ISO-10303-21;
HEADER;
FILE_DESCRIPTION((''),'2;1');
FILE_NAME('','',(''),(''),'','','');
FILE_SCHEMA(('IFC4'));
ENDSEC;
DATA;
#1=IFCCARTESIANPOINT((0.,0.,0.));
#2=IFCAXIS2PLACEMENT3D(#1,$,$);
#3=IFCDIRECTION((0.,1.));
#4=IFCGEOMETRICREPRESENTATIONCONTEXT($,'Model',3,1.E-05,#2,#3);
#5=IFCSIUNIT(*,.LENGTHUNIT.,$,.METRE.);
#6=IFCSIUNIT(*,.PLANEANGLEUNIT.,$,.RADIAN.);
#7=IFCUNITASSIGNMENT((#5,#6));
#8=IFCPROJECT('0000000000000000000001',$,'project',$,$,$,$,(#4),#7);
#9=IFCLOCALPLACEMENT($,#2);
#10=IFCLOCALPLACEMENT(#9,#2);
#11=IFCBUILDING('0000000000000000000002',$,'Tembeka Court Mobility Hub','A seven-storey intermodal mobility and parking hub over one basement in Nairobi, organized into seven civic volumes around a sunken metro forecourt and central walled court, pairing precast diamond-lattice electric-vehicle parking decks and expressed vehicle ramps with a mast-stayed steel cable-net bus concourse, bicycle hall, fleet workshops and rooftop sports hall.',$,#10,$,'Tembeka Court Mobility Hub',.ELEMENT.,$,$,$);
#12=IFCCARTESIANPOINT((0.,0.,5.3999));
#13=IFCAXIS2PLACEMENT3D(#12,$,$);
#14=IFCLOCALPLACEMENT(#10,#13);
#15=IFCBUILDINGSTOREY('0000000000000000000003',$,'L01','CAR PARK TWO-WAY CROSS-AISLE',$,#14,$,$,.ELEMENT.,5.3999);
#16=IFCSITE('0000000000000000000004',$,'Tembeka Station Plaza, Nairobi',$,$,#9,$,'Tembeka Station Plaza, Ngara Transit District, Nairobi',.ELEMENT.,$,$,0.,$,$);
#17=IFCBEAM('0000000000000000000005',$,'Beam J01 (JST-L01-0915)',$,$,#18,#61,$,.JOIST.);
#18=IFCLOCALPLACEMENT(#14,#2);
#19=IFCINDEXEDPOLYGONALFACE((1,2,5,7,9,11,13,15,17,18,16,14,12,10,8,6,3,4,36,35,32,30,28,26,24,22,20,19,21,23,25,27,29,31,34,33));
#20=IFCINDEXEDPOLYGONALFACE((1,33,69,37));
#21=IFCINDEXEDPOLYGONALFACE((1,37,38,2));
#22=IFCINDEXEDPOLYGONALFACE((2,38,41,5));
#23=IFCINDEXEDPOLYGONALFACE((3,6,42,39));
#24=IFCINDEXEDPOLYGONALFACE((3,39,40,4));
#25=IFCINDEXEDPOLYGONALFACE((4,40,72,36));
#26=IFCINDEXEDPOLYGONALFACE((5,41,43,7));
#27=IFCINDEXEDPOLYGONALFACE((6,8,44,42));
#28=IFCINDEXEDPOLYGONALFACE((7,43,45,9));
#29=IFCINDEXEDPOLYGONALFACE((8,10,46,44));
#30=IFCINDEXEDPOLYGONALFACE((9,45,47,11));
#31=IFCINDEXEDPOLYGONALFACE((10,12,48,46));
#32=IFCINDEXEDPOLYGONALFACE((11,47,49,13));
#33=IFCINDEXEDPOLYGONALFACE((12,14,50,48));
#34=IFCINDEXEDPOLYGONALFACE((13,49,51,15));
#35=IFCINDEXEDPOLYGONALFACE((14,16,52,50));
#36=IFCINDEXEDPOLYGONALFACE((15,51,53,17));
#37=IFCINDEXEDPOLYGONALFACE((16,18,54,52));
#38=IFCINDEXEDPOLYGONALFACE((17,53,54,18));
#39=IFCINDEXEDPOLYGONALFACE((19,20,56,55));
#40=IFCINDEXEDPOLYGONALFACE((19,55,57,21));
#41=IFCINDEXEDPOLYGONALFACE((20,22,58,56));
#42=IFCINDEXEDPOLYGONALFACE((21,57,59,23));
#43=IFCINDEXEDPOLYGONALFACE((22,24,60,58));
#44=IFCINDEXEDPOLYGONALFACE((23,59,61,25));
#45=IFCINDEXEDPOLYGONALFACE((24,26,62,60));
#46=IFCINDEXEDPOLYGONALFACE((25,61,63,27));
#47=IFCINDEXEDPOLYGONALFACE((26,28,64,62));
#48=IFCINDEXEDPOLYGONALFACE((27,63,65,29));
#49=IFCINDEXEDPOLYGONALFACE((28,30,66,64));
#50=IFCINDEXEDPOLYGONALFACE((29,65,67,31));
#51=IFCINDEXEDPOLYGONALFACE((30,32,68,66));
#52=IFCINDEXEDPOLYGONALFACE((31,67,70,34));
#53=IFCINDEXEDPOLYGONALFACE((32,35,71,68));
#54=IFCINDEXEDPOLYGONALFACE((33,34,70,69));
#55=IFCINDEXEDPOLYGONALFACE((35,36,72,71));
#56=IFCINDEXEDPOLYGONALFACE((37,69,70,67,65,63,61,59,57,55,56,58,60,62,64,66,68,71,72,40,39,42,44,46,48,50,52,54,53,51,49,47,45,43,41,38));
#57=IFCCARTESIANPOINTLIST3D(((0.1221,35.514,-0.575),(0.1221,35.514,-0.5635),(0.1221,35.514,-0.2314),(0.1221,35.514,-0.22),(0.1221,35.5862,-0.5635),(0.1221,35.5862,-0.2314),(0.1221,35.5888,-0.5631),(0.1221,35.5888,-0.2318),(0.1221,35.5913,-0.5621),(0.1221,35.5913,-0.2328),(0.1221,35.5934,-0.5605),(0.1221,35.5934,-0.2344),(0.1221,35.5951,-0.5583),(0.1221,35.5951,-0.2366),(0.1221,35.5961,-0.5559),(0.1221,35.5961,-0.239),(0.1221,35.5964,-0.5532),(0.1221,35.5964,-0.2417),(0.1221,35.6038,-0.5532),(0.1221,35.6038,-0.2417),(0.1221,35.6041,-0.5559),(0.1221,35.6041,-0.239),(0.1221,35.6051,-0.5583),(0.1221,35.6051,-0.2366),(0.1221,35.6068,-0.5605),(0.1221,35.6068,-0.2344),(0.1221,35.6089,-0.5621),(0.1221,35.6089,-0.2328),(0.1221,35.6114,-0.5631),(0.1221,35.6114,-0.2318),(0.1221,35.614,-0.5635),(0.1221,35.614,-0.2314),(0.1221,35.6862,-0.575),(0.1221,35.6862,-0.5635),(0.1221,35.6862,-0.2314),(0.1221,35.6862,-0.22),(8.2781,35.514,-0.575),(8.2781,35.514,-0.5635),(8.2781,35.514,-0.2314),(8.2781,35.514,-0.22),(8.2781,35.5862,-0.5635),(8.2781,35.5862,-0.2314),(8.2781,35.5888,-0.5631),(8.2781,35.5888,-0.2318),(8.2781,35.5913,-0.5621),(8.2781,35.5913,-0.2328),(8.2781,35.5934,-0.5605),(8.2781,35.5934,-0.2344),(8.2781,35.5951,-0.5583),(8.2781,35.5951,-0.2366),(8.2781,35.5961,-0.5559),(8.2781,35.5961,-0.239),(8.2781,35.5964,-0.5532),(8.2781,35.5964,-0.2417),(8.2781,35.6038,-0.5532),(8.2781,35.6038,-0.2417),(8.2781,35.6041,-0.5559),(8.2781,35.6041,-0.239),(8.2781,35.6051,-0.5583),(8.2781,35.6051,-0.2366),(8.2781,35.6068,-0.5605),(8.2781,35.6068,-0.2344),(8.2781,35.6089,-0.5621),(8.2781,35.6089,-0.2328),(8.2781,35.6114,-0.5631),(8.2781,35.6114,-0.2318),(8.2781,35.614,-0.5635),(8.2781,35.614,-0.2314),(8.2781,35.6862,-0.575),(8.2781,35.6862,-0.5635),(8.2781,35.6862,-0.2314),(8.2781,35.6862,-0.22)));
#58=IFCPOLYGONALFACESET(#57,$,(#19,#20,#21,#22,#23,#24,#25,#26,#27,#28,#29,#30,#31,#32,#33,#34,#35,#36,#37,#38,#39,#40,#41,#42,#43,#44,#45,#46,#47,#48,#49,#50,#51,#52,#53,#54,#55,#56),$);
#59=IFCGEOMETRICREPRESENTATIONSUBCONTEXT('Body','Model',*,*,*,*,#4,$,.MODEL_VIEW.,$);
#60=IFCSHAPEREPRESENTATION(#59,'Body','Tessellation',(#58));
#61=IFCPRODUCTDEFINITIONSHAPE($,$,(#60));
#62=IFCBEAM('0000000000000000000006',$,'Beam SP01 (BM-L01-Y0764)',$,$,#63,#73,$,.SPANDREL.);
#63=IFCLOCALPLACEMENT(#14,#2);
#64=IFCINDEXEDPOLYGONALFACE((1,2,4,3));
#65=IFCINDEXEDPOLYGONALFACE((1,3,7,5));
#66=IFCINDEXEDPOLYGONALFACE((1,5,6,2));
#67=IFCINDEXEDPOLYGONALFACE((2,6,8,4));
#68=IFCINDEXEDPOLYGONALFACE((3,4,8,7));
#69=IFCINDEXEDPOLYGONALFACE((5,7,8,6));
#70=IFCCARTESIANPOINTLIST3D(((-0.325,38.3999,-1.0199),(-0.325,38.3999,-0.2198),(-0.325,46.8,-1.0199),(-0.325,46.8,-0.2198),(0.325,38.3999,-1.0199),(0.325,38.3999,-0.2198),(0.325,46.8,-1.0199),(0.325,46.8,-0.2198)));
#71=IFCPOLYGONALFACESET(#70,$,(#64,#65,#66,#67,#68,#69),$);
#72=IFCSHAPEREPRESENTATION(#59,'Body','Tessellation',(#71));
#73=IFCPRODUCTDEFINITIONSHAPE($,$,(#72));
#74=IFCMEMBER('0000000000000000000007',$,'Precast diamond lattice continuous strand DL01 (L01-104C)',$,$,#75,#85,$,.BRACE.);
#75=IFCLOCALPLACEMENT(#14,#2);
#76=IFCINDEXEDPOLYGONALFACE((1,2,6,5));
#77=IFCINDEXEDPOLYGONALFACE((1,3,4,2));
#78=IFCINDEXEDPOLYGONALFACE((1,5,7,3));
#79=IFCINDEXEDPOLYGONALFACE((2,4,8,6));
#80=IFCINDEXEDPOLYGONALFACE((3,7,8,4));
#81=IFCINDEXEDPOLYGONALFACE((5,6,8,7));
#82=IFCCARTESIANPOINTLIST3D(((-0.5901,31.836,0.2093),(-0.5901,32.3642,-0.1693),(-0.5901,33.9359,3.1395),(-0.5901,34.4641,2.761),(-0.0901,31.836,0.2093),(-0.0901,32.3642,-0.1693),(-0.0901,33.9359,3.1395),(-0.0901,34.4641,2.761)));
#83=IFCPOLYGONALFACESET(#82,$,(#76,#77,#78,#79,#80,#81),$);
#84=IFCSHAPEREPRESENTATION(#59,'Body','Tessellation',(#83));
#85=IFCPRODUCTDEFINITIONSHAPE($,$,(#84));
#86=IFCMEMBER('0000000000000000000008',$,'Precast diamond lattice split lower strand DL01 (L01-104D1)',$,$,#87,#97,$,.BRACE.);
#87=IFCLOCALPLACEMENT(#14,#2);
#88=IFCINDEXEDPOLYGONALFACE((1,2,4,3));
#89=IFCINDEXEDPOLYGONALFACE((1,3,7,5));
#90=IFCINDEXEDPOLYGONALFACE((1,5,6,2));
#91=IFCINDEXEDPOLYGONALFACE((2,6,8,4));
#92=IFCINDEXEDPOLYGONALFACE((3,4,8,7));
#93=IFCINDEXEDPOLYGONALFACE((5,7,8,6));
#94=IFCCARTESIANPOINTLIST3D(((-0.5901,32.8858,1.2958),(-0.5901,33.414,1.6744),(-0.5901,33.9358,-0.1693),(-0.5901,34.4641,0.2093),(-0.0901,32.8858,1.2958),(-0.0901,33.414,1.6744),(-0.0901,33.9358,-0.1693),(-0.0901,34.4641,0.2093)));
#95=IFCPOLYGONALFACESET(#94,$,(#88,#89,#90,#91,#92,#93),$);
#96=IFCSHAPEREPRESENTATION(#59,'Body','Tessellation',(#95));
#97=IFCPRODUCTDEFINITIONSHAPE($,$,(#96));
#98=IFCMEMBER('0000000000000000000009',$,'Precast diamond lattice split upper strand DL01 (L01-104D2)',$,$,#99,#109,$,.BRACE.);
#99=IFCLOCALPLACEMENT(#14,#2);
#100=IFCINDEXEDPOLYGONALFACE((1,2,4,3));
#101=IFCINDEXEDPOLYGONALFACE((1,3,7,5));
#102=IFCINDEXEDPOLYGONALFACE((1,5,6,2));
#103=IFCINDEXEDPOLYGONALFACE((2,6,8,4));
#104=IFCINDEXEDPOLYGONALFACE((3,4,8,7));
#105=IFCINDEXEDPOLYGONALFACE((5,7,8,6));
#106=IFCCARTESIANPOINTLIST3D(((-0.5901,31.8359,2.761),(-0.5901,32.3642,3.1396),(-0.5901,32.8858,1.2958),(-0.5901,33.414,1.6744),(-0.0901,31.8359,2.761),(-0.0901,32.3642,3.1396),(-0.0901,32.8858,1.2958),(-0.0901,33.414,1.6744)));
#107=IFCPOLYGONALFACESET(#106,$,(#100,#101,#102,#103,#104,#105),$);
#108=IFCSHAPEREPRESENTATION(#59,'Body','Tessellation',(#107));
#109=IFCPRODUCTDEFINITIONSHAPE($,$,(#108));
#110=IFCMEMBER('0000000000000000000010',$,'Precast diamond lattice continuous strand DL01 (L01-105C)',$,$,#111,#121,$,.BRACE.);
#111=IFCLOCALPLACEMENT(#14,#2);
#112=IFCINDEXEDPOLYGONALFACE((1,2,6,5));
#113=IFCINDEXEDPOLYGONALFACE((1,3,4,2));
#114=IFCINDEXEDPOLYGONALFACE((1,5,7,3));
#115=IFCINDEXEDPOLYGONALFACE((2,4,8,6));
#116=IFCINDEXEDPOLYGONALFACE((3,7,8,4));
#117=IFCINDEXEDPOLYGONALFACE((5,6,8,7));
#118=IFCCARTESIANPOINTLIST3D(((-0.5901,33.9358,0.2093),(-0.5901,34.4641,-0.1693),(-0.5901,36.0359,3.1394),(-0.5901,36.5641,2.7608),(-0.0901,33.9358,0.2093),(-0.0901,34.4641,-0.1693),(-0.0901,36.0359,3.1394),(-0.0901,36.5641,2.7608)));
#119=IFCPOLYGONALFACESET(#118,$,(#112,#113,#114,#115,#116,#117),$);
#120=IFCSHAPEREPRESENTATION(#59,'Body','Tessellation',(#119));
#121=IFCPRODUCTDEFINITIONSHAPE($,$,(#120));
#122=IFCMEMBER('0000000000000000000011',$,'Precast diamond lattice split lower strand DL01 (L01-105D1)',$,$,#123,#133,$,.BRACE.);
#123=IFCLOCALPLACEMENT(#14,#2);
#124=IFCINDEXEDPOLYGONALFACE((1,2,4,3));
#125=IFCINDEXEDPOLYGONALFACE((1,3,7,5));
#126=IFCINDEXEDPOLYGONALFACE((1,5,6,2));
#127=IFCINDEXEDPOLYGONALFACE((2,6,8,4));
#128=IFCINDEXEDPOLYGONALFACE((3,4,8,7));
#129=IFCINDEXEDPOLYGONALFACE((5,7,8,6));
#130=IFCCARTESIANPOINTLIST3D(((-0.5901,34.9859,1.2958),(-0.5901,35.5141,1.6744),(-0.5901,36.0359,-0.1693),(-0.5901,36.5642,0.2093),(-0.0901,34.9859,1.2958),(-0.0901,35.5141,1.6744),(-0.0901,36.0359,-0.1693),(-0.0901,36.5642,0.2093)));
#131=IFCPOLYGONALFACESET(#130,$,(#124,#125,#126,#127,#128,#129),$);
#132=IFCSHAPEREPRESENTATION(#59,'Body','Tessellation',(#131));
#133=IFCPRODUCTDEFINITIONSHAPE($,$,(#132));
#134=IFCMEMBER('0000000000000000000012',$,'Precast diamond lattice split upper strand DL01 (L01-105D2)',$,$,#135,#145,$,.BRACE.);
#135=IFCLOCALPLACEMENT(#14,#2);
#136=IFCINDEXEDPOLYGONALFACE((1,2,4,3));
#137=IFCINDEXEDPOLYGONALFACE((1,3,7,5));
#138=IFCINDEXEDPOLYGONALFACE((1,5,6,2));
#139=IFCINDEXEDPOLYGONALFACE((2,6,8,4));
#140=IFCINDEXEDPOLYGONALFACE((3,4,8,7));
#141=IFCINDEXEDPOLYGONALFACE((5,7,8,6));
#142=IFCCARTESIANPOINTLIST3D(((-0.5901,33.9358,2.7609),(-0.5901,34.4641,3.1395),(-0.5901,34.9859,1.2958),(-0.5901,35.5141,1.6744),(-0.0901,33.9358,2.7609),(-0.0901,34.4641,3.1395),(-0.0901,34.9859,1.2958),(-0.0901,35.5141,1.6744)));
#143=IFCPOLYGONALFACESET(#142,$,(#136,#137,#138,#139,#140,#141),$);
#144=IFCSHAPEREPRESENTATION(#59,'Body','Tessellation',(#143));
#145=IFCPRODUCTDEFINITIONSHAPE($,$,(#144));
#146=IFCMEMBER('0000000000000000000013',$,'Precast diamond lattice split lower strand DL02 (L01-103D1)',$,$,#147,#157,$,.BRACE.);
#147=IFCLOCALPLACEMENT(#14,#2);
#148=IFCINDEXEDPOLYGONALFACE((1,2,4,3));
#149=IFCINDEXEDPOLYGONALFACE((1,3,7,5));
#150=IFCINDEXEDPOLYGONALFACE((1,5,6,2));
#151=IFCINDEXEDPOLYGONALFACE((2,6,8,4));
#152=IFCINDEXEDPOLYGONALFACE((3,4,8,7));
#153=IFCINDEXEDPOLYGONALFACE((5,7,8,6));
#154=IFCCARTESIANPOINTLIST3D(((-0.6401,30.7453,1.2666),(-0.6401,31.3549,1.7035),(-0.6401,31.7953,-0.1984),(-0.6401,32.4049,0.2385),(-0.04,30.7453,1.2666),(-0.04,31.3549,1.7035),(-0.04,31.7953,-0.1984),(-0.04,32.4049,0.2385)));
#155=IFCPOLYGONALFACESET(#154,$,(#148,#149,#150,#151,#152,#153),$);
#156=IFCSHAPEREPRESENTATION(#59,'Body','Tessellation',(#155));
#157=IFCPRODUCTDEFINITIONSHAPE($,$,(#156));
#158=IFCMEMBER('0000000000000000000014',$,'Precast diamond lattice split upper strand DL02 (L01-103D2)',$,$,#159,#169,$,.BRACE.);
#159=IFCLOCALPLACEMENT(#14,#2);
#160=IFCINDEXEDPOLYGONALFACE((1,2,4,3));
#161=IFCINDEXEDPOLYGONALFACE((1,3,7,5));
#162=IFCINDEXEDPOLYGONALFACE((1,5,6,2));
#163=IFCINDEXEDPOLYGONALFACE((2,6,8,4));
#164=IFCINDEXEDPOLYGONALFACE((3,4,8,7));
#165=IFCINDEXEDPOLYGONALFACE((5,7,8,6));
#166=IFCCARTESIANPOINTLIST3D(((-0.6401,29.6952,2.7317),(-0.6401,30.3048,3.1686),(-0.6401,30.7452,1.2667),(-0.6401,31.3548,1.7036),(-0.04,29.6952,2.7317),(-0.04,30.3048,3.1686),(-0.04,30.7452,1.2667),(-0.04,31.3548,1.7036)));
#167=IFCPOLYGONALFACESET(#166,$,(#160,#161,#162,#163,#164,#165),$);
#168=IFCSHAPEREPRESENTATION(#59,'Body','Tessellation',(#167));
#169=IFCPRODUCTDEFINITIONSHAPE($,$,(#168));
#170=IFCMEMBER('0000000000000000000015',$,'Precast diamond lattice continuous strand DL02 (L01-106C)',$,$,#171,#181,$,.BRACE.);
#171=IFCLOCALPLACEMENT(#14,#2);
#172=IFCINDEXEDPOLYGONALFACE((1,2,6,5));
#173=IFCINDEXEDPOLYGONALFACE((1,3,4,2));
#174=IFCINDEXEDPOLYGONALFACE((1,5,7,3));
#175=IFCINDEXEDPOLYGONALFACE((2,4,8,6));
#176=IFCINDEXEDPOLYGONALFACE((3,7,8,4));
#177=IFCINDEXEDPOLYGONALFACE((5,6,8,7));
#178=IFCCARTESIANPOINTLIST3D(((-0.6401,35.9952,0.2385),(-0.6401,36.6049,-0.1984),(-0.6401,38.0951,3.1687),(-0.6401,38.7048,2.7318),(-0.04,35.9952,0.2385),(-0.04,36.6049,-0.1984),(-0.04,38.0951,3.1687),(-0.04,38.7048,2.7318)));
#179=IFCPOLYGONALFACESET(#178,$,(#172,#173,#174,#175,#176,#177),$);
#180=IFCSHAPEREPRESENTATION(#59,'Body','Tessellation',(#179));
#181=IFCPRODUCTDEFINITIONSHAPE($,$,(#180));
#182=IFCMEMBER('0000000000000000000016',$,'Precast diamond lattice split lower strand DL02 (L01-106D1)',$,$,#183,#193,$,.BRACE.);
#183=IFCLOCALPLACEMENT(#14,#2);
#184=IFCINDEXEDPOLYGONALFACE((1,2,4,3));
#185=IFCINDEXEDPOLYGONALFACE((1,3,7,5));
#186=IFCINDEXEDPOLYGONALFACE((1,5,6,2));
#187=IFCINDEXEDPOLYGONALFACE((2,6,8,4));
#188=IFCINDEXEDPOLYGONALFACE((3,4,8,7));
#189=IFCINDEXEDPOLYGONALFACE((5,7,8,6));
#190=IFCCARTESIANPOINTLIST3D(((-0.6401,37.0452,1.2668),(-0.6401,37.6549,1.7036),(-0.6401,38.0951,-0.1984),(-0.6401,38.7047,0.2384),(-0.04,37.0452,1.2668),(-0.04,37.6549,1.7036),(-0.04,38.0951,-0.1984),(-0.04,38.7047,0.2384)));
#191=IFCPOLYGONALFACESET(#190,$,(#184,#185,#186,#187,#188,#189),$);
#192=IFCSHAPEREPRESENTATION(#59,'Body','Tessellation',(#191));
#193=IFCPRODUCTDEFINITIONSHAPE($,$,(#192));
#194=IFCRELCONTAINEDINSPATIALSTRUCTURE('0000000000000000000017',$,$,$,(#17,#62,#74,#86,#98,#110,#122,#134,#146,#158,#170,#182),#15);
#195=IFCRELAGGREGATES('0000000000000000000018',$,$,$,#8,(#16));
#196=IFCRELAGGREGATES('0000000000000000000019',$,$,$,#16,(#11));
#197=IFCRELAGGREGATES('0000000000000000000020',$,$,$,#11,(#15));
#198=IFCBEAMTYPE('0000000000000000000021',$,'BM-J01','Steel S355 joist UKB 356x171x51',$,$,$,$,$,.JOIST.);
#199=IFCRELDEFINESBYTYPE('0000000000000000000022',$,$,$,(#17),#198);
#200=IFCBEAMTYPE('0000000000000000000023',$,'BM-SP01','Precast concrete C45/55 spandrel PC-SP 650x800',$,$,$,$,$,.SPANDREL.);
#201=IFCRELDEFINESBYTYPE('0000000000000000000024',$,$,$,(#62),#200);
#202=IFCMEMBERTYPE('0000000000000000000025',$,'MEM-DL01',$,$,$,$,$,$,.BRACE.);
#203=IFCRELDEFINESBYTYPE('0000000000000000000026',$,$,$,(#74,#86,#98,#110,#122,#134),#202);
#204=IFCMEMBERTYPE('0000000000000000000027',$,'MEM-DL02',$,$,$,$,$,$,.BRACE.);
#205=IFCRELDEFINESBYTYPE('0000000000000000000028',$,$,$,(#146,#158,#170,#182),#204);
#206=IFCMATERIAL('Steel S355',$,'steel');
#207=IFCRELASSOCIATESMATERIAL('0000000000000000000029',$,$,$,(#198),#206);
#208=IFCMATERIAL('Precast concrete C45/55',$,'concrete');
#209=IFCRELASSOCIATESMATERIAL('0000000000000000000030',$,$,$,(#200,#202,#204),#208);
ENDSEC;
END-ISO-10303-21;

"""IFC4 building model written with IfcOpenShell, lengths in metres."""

from ifc_helpers import new_model, si_unit, direction, frame, origin, origin_2d, place, context, subcontext, project, spatial, rectangle, i_section, extrude, material, material_profile, profile_set, type_object, element, save


model = new_model("IFC4")

# Units and contexts
model_context = context("Model", 3, precision=1e-05, world=origin(), true_north=direction((0.0, 1.0)))
body_context = subcontext(model_context, "Body", "Model", "MODEL_VIEW")
ifc_project = project(units=[si_unit("LENGTHUNIT", "METRE"), si_unit("PLANEANGLEUNIT", "RADIAN")], contexts=[model_context])

# Site, building, storey
site_placement = place(None, origin())
site = spatial("IfcSite", under=ifc_project, at=site_placement, Name="Tembeka Station Plaza, Nairobi", LongName="Tembeka Station Plaza, Ngara Transit District, Nairobi", CompositionType="ELEMENT", RefElevation=0.0)
building_placement = place(site_placement, origin())
building = spatial("IfcBuilding", under=site, at=building_placement, Name="Tembeka Court Mobility Hub", Description="A seven-storey intermodal mobility and parking hub over one basement in Nairobi, organized into seven civic volumes around a sunken metro forecourt and central walled court, pairing precast diamond-lattice electric-vehicle parking decks and expressed vehicle ramps with a mast-stayed steel cable-net bus concourse, bicycle hall, fleet workshops and rooftop sports hall.", LongName="Tembeka Court Mobility Hub", CompositionType="ELEMENT")
storey_placement = place(building_placement, frame((0.0, 0.0, 5.3999)))
storey = spatial("IfcBuildingStorey", under=building, at=storey_placement, Name="L01", Description="CAR PARK TWO-WAY CROSS-AISLE", CompositionType="ELEMENT", Elevation=5.3999)

# Shared definitions
ifc_material_1 = material(Name="Steel S355", Category="steel")

# Beams
ifc_material_profile_1 = material_profile(ifc_material_1, i_section(OverallWidth=0.1721, OverallDepth=0.355, WebThickness=0.0073, FlangeThickness=0.0115, FilletRadius=0.0103, at=origin_2d()), Name="UKB 356x171x51")
ifc_profile_set_1 = profile_set([ifc_material_profile_1], Name="Steel S355")
beam_type_1 = type_object("IfcBeamType", Name="BM-J01", Description="Steel S355 joist UKB 356x171x51", PredefinedType="JOIST", material=ifc_profile_set_1)
for number, where, z_axis, x_axis, name in (
    (1, (0.1221, 35.6001, -0.3975), (1.0, 0.0, 0.0), (0.0, 1.0, 0.0), "Beam J01 (JST-L01-0915)"),
):
    element("IfcBeam", number, at=place(storey_placement, frame(where, z_axis=z_axis, x_axis=x_axis)), inside=storey, type_object=beam_type_1, Name=name, PredefinedType="JOIST", context=body_context, shape_type="SweptSolid", body=[
        extrude(i_section(OverallWidth=0.1721, OverallDepth=0.355, WebThickness=0.0073, FlangeThickness=0.0115, FilletRadius=0.0103, at=origin_2d()), origin(), (0.0, 0.0, 1.0), 8.156),
    ])
ifc_material_2 = material(Name="Precast concrete C45/55", Category="concrete")
ifc_material_profile_2 = material_profile(ifc_material_2, rectangle(XDim=0.6499, YDim=0.8, at=origin_2d()), Name="PC-SP 650x800")
ifc_profile_set_2 = profile_set([ifc_material_profile_2], Name="Precast concrete C45/55")
beam_type_2 = type_object("IfcBeamType", Name="BM-SP01", Description="Precast concrete C45/55 spandrel PC-SP 650x800", PredefinedType="SPANDREL", material=ifc_profile_set_2)
beam_1_placement = place(storey_placement, frame((0.0, 38.3999, -0.6199), z_axis=(0.0, 1.0, 0.0), x_axis=(-1.0, 0.0, 0.0)))
element("IfcBeam", 2, at=beam_1_placement, inside=storey, type_object=beam_type_2, Name="Beam SP01 (BM-L01-Y0764)", PredefinedType="SPANDREL", context=body_context, shape_type="SweptSolid", body=[
    extrude(rectangle(XDim=0.6499, YDim=0.8, at=origin_2d()), origin(), (0.0, 0.0, 1.0), 8.4001),
])

# Members
ifc_material_profile_3 = material_profile(ifc_material_2, rectangle(XDim=0.5, YDim=0.6499, at=origin_2d()), Name="PC-DIAG 500x650")
ifc_profile_set_3 = profile_set([ifc_material_profile_3], Name="Precast concrete C45/55")
member_type_1 = type_object("IfcMemberType", Name="MEM-DL01", PredefinedType="BRACE", material=ifc_profile_set_3)
member_1_placement = place(storey_placement, frame((-0.3401, 32.1001, 0.02), z_axis=(0.0, 0.5825, 0.812831), x_axis=(-1.0, 0.0, 0.0)))
element("IfcMember", 3, at=member_1_placement, inside=storey, type_object=member_type_1, Name="Precast diamond lattice continuous strand DL01 (L01-104C)", PredefinedType="BRACE", context=body_context, shape_type="SweptSolid", body=[
    extrude(rectangle(XDim=0.5, YDim=0.6499, at=origin_2d()), origin(), (0.0, 0.0, 1.0), 3.605),
])
for number, where, z_axis, x_axis, name in (
    (4, (-0.3401, 34.2, 0.02), (0.0, -0.582544, 0.812799), (1.0, 0.0, 0.0), "Precast diamond lattice split lower strand DL01 (L01-104D1)"),
    (5, (-0.3401, 33.1499, 1.4851), (0.0, -0.582455, 0.812863), (1.0, 0.0, 0.0), "Precast diamond lattice split upper strand DL01 (L01-104D2)"),
):
    element("IfcMember", number, at=place(storey_placement, frame(where, z_axis=z_axis, x_axis=x_axis)), inside=storey, type_object=member_type_1, Name=name, PredefinedType="BRACE", context=body_context, shape_type="SweptSolid", body=[
        extrude(rectangle(XDim=0.5, YDim=0.6499, at=origin_2d()), origin(), (0.0, 0.0, 1.0), 1.8025),
    ])
member_2_placement = place(storey_placement, frame((-0.3401, 34.2, 0.02), z_axis=(0.0, 0.582544, 0.812799), x_axis=(-1.0, 0.0, 0.0)))
element("IfcMember", 6, at=member_2_placement, inside=storey, type_object=member_type_1, Name="Precast diamond lattice continuous strand DL01 (L01-105C)", PredefinedType="BRACE", context=body_context, shape_type="SweptSolid", body=[
    extrude(rectangle(XDim=0.5, YDim=0.6499, at=origin_2d()), origin(), (0.0, 0.0, 1.0), 3.605),
])
for number, where, z_axis, x_axis, name in (
    (7, (-0.3401, 36.3, 0.02), (0.0, -0.582544, 0.812799), (1.0, 0.0, 0.0), "Precast diamond lattice split lower strand DL01 (L01-105D1)"),
    (8, (-0.3401, 35.25, 1.4851), (0.0, -0.582544, 0.812799), (1.0, 0.0, 0.0), "Precast diamond lattice split upper strand DL01 (L01-105D2)"),
):
    element("IfcMember", number, at=place(storey_placement, frame(where, z_axis=z_axis, x_axis=x_axis)), inside=storey, type_object=member_type_1, Name=name, PredefinedType="BRACE", context=body_context, shape_type="SweptSolid", body=[
        extrude(rectangle(XDim=0.5, YDim=0.6499, at=origin_2d()), origin(), (0.0, 0.0, 1.0), 1.8025),
    ])
ifc_material_profile_4 = material_profile(ifc_material_2, rectangle(XDim=0.6001, YDim=0.75, at=origin_2d()), Name="PC-DIAG 600x750")
ifc_profile_set_4 = profile_set([ifc_material_profile_4], Name="Precast concrete C45/55")
member_type_2 = type_object("IfcMemberType", Name="MEM-DL02", PredefinedType="BRACE", material=ifc_profile_set_4)
for number, where, z_axis, x_axis, name in (
    (9, (-0.3401, 32.1001, 0.02), (0.0, -0.582544, 0.812799), (1.0, 0.0, 0.0), "Precast diamond lattice split lower strand DL02 (L01-103D1)"),
    (10, (-0.3401, 31.05, 1.4851), (0.0, -0.582544, 0.812799), (1.0, 0.0, 0.0), "Precast diamond lattice split upper strand DL02 (L01-103D2)"),
):
    element("IfcMember", number, at=place(storey_placement, frame(where, z_axis=z_axis, x_axis=x_axis)), inside=storey, type_object=member_type_2, Name=name, PredefinedType="BRACE", context=body_context, shape_type="SweptSolid", body=[
        extrude(rectangle(XDim=0.6001, YDim=0.75, at=origin_2d()), origin(), (0.0, 0.0, 1.0), 1.8025),
    ])
member_3_placement = place(storey_placement, frame((-0.3401, 36.3, 0.02), z_axis=(0.0, 0.5825, 0.812831), x_axis=(-1.0, 0.0, 0.0)))
element("IfcMember", 11, at=member_3_placement, inside=storey, type_object=member_type_2, Name="Precast diamond lattice continuous strand DL02 (L01-106C)", PredefinedType="BRACE", context=body_context, shape_type="SweptSolid", body=[
    extrude(rectangle(XDim=0.6001, YDim=0.75, at=origin_2d()), origin(), (0.0, 0.0, 1.0), 3.605),
])
for number, where, z_axis, x_axis, name in (
    (12, (-0.3401, 38.3999, 0.02), (0.0, -0.582455, 0.812863), (1.0, 0.0, 0.0), "Precast diamond lattice split lower strand DL02 (L01-106D1)"),
):
    element("IfcMember", number, at=place(storey_placement, frame(where, z_axis=z_axis, x_axis=x_axis)), inside=storey, type_object=member_type_2, Name=name, PredefinedType="BRACE", context=body_context, shape_type="SweptSolid", body=[
        extrude(rectangle(XDim=0.6001, YDim=0.75, at=origin_2d()), origin(), (0.0, 0.0, 1.0), 1.8025),
    ])

save(model, "model.ifc")
